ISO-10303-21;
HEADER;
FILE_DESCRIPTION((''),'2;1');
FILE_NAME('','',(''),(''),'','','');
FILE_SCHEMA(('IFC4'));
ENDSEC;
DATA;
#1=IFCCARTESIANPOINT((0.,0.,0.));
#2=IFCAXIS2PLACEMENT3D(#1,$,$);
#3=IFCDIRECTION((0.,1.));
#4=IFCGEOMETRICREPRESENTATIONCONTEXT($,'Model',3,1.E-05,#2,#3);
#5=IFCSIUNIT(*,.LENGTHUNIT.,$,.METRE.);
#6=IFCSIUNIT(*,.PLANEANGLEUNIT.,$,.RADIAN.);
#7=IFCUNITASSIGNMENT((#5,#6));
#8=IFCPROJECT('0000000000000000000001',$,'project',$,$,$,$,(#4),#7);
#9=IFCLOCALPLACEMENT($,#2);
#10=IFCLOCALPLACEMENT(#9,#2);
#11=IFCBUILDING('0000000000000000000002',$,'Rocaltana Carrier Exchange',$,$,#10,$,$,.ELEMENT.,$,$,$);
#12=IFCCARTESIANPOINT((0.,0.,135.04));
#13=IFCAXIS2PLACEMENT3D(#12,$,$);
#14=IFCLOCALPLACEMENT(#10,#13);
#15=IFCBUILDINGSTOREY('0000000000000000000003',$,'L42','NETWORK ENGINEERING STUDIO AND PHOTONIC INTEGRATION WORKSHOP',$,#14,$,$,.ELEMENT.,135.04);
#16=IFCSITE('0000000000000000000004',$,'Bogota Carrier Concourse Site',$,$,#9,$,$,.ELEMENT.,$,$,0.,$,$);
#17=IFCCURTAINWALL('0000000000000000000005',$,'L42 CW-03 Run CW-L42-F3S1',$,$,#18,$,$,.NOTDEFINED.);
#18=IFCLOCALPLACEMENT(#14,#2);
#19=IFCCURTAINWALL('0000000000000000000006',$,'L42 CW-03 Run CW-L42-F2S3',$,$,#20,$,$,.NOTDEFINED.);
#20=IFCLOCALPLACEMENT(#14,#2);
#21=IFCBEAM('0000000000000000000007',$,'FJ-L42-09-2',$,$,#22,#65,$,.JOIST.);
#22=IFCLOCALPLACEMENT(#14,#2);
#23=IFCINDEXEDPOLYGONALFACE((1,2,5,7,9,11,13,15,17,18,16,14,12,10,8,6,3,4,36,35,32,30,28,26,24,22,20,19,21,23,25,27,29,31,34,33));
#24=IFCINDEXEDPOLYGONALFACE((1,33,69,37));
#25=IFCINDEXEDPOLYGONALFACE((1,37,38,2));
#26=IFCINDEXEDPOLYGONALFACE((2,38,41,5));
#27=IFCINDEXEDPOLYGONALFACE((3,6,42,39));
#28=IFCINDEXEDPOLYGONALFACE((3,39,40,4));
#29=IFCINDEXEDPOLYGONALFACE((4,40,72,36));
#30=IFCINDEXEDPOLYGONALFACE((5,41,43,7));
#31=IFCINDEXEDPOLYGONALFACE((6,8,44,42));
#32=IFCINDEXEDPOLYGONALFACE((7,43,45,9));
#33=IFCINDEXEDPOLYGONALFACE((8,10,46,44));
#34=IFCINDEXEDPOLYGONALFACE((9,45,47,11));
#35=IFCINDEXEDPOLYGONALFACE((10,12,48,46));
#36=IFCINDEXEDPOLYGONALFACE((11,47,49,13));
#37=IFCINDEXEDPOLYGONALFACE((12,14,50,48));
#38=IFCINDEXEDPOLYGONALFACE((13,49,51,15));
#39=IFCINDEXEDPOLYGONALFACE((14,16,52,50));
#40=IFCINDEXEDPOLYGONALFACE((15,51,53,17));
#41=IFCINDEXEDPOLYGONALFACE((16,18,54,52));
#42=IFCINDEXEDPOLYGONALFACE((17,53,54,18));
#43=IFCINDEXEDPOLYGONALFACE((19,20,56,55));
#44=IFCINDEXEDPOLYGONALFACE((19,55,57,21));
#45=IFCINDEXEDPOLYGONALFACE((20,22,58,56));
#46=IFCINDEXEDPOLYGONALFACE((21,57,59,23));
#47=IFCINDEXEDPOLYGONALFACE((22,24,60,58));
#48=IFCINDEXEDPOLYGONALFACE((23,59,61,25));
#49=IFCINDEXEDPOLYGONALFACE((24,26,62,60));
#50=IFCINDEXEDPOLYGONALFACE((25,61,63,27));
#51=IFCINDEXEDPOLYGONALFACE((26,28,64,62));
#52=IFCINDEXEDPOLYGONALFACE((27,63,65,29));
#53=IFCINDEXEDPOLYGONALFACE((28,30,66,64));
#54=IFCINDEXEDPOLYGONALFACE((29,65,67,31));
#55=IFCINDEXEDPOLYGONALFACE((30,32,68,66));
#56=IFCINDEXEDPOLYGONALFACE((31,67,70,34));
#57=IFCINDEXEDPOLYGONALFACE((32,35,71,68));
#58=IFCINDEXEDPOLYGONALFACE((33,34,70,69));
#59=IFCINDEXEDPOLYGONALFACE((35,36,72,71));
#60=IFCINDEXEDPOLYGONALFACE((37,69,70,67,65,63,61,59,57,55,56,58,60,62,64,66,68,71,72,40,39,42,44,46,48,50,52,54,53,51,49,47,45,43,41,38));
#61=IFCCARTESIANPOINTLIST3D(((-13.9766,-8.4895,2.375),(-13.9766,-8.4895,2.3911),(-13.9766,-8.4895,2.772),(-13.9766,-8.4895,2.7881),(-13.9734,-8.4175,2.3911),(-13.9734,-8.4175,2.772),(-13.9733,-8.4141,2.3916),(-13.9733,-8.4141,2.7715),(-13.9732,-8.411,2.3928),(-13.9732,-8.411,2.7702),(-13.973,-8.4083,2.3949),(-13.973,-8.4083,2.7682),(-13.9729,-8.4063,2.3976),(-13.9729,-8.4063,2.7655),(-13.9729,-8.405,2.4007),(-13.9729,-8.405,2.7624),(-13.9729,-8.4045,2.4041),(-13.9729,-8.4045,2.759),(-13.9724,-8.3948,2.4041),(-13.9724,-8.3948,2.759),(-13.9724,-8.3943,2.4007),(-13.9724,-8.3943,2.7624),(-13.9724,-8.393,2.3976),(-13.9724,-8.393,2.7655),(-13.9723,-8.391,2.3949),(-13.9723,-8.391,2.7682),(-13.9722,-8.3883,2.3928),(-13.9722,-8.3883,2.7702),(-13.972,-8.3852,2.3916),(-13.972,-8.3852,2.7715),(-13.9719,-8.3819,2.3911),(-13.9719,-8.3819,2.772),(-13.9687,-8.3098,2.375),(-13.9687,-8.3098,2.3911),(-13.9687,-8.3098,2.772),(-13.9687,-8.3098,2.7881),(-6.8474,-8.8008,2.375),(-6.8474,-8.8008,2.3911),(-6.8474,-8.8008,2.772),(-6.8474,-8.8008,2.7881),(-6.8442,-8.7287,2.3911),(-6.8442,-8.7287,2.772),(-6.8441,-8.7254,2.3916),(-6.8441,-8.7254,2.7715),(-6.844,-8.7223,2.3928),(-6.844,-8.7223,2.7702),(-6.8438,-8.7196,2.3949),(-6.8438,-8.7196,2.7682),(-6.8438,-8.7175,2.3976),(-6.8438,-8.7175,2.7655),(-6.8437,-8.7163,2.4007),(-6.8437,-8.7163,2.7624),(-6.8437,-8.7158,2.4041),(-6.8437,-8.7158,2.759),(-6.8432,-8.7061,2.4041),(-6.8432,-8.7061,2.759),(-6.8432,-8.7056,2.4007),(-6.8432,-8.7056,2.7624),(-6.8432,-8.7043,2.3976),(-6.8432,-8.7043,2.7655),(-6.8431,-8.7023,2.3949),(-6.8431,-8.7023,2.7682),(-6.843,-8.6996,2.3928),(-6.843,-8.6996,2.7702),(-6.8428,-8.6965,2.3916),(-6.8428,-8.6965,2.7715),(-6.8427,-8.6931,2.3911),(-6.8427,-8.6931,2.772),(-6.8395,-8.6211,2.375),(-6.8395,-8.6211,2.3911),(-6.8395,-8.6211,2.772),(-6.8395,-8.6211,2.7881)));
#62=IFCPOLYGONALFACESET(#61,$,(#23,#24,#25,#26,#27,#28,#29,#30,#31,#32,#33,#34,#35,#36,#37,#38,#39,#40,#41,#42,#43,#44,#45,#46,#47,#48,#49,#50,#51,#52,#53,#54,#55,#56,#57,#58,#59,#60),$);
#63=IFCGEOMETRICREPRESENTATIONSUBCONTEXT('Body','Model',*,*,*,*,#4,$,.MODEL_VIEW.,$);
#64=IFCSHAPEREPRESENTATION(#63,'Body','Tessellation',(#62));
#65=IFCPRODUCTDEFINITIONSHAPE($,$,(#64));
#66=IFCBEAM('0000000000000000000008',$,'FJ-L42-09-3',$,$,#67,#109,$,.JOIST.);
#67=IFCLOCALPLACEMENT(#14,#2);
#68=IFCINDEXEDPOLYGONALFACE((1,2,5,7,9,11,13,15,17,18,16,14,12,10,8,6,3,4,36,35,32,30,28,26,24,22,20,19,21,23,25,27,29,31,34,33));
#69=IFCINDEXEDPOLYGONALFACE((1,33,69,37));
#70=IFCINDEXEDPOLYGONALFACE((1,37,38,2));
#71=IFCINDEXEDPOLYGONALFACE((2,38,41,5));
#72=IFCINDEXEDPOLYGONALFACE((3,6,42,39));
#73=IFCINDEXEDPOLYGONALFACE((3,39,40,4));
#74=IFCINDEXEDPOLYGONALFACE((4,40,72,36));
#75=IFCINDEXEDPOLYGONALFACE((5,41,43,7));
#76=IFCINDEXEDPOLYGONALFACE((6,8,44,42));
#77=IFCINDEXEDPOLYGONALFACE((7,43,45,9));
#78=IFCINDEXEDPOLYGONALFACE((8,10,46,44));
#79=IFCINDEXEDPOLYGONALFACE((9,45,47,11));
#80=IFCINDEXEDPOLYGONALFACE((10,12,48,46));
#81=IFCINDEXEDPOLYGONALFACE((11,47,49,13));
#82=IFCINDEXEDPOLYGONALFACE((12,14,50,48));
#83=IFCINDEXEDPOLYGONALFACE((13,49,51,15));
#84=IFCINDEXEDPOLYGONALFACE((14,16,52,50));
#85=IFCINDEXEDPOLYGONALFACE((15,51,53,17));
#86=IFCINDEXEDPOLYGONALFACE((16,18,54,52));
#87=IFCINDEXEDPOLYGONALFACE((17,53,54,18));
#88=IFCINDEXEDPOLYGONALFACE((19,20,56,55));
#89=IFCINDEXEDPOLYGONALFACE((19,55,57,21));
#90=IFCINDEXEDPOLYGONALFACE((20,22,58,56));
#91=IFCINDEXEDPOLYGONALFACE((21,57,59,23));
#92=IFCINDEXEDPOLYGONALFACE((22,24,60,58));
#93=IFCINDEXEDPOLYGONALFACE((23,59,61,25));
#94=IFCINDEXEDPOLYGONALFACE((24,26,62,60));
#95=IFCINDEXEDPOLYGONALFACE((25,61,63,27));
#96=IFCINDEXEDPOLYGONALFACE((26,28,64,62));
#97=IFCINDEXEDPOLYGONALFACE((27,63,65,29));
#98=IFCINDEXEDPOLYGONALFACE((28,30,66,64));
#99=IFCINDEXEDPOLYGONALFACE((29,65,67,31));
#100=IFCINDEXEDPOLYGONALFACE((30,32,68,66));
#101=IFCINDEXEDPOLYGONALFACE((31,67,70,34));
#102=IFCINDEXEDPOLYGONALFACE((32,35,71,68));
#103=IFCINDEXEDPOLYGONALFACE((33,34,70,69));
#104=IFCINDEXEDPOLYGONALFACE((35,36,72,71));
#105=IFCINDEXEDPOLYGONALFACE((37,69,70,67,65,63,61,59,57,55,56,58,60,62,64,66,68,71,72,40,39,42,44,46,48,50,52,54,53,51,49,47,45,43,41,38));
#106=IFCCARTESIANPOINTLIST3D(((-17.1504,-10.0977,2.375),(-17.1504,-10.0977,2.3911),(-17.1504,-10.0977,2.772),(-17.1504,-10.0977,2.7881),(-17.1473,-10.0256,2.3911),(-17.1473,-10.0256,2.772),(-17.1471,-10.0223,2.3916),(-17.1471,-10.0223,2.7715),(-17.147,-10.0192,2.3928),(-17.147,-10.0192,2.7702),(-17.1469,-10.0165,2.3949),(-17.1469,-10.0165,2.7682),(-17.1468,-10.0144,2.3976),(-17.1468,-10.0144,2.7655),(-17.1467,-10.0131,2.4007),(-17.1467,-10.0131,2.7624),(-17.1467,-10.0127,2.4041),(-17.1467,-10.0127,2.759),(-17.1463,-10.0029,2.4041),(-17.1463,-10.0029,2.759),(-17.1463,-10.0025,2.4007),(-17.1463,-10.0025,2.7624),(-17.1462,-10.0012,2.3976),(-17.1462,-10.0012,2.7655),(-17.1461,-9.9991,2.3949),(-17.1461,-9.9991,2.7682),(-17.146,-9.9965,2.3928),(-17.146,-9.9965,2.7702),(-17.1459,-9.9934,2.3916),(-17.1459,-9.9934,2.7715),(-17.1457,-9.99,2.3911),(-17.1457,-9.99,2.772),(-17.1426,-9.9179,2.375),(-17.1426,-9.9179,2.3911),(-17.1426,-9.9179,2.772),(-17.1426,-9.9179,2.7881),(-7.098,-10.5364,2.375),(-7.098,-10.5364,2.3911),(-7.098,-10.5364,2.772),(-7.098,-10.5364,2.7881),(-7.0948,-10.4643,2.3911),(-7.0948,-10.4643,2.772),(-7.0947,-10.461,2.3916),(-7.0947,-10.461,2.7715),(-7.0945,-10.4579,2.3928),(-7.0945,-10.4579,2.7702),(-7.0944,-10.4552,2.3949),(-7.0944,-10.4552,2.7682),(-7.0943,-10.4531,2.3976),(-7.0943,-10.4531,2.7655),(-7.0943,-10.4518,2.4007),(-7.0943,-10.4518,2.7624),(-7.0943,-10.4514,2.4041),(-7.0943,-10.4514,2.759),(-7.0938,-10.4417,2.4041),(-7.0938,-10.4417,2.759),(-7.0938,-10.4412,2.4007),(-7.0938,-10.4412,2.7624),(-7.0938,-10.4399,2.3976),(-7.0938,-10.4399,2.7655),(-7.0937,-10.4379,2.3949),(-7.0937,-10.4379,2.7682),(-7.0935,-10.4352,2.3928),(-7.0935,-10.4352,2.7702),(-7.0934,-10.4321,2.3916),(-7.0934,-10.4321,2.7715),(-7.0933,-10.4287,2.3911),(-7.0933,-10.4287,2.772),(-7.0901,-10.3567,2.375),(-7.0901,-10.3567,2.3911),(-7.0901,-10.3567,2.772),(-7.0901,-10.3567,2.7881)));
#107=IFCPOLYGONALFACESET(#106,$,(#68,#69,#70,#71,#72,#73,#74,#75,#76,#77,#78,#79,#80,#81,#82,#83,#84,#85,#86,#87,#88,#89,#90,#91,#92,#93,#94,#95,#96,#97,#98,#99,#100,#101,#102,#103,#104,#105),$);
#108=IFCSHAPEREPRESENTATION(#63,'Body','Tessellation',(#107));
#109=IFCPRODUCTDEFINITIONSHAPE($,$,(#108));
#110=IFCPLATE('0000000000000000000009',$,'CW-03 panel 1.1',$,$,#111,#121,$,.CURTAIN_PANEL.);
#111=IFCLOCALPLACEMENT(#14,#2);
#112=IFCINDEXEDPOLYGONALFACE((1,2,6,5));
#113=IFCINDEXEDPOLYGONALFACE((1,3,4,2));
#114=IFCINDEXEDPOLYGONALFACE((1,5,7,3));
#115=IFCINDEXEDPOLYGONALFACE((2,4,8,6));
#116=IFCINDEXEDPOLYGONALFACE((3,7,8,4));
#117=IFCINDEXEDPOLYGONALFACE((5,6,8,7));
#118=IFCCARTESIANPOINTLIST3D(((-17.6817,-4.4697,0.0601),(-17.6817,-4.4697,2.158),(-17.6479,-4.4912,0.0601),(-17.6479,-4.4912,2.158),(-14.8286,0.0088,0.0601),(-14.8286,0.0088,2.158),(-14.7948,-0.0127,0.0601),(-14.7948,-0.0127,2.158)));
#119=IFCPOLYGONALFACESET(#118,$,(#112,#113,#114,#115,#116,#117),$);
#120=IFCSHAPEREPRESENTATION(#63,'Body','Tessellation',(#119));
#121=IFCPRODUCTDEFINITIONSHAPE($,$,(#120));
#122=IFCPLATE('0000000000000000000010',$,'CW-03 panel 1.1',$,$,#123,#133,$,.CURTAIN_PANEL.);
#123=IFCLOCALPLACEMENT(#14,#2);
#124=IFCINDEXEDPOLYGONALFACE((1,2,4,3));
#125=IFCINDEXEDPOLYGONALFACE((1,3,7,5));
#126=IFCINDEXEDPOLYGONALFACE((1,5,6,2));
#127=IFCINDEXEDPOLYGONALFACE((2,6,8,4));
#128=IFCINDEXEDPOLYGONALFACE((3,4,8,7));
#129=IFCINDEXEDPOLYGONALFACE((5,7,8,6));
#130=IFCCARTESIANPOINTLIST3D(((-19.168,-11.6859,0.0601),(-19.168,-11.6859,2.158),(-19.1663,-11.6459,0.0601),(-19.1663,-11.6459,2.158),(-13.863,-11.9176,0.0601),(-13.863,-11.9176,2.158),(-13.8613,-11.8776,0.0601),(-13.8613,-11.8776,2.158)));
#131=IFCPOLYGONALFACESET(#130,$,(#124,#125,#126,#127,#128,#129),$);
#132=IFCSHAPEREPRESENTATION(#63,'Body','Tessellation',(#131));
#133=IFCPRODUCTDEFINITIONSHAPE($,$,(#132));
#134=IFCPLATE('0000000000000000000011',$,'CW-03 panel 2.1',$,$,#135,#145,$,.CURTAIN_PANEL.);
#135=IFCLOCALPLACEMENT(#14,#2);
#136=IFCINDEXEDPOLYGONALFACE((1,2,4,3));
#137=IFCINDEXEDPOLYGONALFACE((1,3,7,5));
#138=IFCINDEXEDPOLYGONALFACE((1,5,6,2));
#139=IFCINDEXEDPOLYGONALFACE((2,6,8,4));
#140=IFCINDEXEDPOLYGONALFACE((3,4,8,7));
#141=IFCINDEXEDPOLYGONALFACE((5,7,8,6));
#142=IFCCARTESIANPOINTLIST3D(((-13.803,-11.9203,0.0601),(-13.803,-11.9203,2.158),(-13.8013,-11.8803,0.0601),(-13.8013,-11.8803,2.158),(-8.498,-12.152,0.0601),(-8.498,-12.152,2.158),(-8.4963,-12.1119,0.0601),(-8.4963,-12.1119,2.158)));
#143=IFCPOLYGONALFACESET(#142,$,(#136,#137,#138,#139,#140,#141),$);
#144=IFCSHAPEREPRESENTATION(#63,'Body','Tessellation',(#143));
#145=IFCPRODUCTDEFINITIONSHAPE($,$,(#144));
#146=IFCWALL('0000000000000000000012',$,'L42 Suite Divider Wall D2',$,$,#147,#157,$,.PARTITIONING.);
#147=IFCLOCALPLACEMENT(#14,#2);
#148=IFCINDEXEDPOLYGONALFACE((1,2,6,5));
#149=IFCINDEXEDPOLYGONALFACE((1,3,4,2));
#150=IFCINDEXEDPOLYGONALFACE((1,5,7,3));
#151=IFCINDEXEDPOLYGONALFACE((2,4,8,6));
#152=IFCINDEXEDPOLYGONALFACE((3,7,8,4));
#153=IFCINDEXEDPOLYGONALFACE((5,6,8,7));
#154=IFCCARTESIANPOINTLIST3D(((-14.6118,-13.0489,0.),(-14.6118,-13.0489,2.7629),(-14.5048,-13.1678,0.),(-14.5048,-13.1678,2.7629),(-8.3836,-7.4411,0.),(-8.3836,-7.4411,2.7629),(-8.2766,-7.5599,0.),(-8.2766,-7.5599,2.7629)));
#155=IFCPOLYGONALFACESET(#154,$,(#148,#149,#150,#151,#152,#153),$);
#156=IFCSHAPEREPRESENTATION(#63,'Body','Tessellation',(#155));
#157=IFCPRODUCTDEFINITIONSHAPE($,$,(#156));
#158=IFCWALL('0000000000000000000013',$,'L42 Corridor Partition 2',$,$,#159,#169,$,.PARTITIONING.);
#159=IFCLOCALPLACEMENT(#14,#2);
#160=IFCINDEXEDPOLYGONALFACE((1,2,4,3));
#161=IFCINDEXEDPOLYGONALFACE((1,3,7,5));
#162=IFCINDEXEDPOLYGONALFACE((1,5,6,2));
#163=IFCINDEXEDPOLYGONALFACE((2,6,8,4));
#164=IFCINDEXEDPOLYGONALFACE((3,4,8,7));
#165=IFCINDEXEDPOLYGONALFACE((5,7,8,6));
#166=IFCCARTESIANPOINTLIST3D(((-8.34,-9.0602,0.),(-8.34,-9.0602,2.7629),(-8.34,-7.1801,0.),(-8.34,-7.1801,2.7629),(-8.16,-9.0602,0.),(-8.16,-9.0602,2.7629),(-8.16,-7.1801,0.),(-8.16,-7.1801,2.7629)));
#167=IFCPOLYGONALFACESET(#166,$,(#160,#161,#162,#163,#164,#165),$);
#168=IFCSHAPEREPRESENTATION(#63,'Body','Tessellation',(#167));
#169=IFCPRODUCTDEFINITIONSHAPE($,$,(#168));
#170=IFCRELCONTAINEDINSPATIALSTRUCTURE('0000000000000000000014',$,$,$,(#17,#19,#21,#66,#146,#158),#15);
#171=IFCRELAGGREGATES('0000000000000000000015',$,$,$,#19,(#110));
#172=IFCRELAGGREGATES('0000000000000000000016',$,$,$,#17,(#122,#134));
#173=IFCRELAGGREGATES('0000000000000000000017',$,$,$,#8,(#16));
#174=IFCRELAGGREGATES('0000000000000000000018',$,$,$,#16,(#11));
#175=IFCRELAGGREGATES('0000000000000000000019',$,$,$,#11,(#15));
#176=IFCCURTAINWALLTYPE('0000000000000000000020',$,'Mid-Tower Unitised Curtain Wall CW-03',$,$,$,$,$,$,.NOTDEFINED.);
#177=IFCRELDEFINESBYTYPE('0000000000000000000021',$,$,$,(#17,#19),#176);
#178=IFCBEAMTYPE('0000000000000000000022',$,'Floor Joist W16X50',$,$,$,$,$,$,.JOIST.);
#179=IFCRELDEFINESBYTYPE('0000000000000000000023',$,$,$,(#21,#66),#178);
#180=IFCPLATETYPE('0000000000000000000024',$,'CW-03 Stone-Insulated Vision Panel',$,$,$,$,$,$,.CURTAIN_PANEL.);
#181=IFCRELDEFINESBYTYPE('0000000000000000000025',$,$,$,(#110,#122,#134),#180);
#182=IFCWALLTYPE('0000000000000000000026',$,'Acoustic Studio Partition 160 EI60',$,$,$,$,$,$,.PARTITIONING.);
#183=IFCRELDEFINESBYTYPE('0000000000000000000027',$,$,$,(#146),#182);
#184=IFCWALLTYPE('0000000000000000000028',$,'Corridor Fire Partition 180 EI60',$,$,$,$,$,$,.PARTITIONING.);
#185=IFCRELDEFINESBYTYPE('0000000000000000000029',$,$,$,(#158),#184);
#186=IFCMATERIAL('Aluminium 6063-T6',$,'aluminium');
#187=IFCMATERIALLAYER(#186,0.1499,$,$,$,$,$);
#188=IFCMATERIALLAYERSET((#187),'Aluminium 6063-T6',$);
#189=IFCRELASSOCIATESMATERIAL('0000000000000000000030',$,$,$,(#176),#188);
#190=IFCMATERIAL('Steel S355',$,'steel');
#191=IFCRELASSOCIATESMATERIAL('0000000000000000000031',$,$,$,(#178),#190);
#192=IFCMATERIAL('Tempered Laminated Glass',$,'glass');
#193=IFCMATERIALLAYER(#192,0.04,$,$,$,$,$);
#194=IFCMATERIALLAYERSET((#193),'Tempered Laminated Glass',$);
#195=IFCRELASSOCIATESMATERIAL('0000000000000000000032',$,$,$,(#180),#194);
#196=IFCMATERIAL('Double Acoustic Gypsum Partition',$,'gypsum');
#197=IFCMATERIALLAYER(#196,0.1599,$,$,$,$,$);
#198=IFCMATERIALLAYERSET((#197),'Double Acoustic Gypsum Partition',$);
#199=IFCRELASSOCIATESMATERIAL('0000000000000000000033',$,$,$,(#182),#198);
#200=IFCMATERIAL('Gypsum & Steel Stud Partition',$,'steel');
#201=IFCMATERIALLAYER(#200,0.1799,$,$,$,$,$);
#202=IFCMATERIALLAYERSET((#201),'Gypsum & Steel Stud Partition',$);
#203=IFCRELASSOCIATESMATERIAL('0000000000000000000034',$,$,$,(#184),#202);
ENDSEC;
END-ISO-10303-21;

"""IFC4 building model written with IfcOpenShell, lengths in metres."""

from ifc_helpers import new_model, si_unit, direction, frame, frame_2d, origin, origin_2d, place, context, subcontext, project, spatial, rectangle, i_section, extrude, material, layer, layer_set, material_profile, profile_set, type_object, element, aggregate, save


model = new_model("IFC4")

# Units and contexts
model_context = context("Model", 3, precision=1e-05, world=origin(), true_north=direction((0.0, 1.0)))
body_context = subcontext(model_context, "Body", "Model", "MODEL_VIEW")
ifc_project = project(units=[si_unit("LENGTHUNIT", "METRE"), si_unit("PLANEANGLEUNIT", "RADIAN")], contexts=[model_context])

# Site, building, storey
site_placement = place(None, origin())
site = spatial("IfcSite", under=ifc_project, at=site_placement, Name="Bogota Carrier Concourse Site", CompositionType="ELEMENT", RefElevation=0.0)
building_placement = place(site_placement, origin())
building = spatial("IfcBuilding", under=site, at=building_placement, Name="Rocaltana Carrier Exchange", CompositionType="ELEMENT")
storey_placement = place(building_placement, frame((0.0, 0.0, 135.04)))
storey = spatial("IfcBuildingStorey", under=building, at=storey_placement, Name="L42", Description="NETWORK ENGINEERING STUDIO AND PHOTONIC INTEGRATION WORKSHOP", CompositionType="ELEMENT", Elevation=135.04)

# Curtain wall
ifc_material_1 = material(Name="Aluminium 6063-T6", Category="aluminium")
ifc_layer_1 = layer(ifc_material_1, 0.1499)
ifc_layer_set_1 = layer_set([ifc_layer_1], Name="Aluminium 6063-T6")
curtain_wall_type = type_object("IfcCurtainWallType", Name="Mid-Tower Unitised Curtain Wall CW-03", PredefinedType="NOTDEFINED", material=ifc_layer_set_1)
curtain_wall_1_placement = place(storey_placement, origin())
curtain_wall_1 = element("IfcCurtainWall", 1, at=curtain_wall_1_placement, inside=storey, type_object=curtain_wall_type, Name="L42 CW-03 Run CW-L42-F3S1", PredefinedType="NOTDEFINED")

# Curtain wall
curtain_wall_2_placement = place(storey_placement, origin())
curtain_wall_2 = element("IfcCurtainWall", 2, at=curtain_wall_2_placement, inside=storey, type_object=curtain_wall_type, Name="L42 CW-03 Run CW-L42-F2S3", PredefinedType="NOTDEFINED")

# Beams
ifc_material_2 = material(Name="Steel S355", Category="steel")
ifc_material_profile_1 = material_profile(ifc_material_2, i_section(OverallWidth=0.1799, OverallDepth=0.4131, WebThickness=0.0098, FlangeThickness=0.0161, FilletRadius=0.0129, at=origin_2d()), Name="W16X50")
ifc_profile_set_1 = profile_set([ifc_material_profile_1], Name="Steel S355")
beam_type = type_object("IfcBeamType", Name="Floor Joist W16X50", PredefinedType="JOIST", material=ifc_profile_set_1)
beam_1_placement = place(storey_placement, frame((-13.9727, -8.3997, 2.5815), z_axis=(0.999048, -0.043621, 0.0), x_axis=(0.043621, 0.999048, 0.0)))
element("IfcBeam", 3, at=beam_1_placement, inside=storey, type_object=beam_type, Name="FJ-L42-09-2", PredefinedType="JOIST", context=body_context, shape_type="SweptSolid", body=[
    extrude(i_section(OverallWidth=0.1799, OverallDepth=0.4131, WebThickness=0.0098, FlangeThickness=0.0161, FilletRadius=0.0129, at=origin_2d()), origin(), (0.0, 0.0, 1.0), 7.136),
])
beam_2_placement = place(storey_placement, frame((-17.1465, -10.0078, 2.5815), z_axis=(0.999049, -0.043601, 0.0), x_axis=(0.043601, 0.999049, 0.0)))
element("IfcBeam", 4, at=beam_2_placement, inside=storey, type_object=beam_type, Name="FJ-L42-09-3", PredefinedType="JOIST", context=body_context, shape_type="SweptSolid", body=[
    extrude(i_section(OverallWidth=0.1799, OverallDepth=0.4131, WebThickness=0.0098, FlangeThickness=0.0161, FilletRadius=0.0129, at=origin_2d()), origin(), (0.0, 0.0, 1.0), 10.062),
])

# Plates
ifc_material_3 = material(Name="Tempered Laminated Glass", Category="glass")
ifc_layer_2 = layer(ifc_material_3, 0.04)
ifc_layer_set_2 = layer_set([ifc_layer_2], Name="Tempered Laminated Glass")
plate_type = type_object("IfcPlateType", Name="CW-03 Stone-Insulated Vision Panel", PredefinedType="CURTAIN_PANEL", material=ifc_layer_set_2)
plate_1_placement = place(storey_placement, frame((-16.2383, -2.2412, 0.0601), z_axis=(0.0, 0.0, 1.0), x_axis=(-0.537301, -0.843391, 0.0)))
plate_1 = element("IfcPlate", 5, at=plate_1_placement, type_object=plate_type, Name="CW-03 panel 1.1", PredefinedType="CURTAIN_PANEL", context=body_context, shape_type="SweptSolid", body=[
    extrude(rectangle(XDim=5.3101, YDim=0.04, at=origin_2d()), origin(), (0.0, 0.0, 1.0), 2.0979),
])
aggregate(curtain_wall_2, [plate_1])
plate_2_placement = place(storey_placement, frame((-16.5146, -11.7817, 0.0601), z_axis=(0.0, 0.0, 1.0), x_axis=(0.999048, -0.043629, 0.0)))
plate_2 = element("IfcPlate", 6, at=plate_2_placement, type_object=plate_type, Name="CW-03 panel 1.1", PredefinedType="CURTAIN_PANEL", context=body_context, shape_type="SweptSolid", body=[
    extrude(rectangle(XDim=5.3101, YDim=0.04, at=origin_2d()), origin(), (0.0, 0.0, 1.0), 2.0979),
])
plate_3_placement = place(storey_placement, frame((-11.1497, -12.0161, 0.0601), z_axis=(0.0, 0.0, 1.0), x_axis=(0.999048, -0.043629, 0.0)))
plate_3 = element("IfcPlate", 7, at=plate_3_placement, type_object=plate_type, Name="CW-03 panel 2.1", PredefinedType="CURTAIN_PANEL", context=body_context, shape_type="SweptSolid", body=[
    extrude(rectangle(XDim=5.3101, YDim=0.04, at=origin_2d()), origin(), (0.0, 0.0, 1.0), 2.0979),
])
aggregate(curtain_wall_1, [plate_2, plate_3])

# Walls
ifc_material_4 = material(Name="Double Acoustic Gypsum Partition", Category="gypsum")
ifc_layer_3 = layer(ifc_material_4, 0.1599)
ifc_layer_set_3 = layer_set([ifc_layer_3], Name="Double Acoustic Gypsum Partition")
wall_type_1 = type_object("IfcWallType", Name="Acoustic Studio Partition 160 EI60", PredefinedType="PARTITIONING", material=ifc_layer_set_3)
wall_1_placement = place(storey_placement, frame((-8.3301, -7.5005, 0.0), z_axis=(0.0, 0.0, 1.0), x_axis=(-0.743148, -0.669127, 0.0)))
element("IfcWall", 8, at=wall_1_placement, inside=storey, type_object=wall_type_1, Name="L42 Suite Divider Wall D2", PredefinedType="PARTITIONING", context=body_context, shape_type="SweptSolid", body=[
    extrude(rectangle(XDim=8.3809, YDim=0.1599, at=frame_2d((4.1904, 0.0))), origin(), (0.0, 0.0, 1.0), 2.7629),
])
ifc_material_5 = material(Name="Gypsum & Steel Stud Partition", Category="steel")
ifc_layer_4 = layer(ifc_material_5, 0.1799)
ifc_layer_set_4 = layer_set([ifc_layer_4], Name="Gypsum & Steel Stud Partition")
wall_type_2 = type_object("IfcWallType", Name="Corridor Fire Partition 180 EI60", PredefinedType="PARTITIONING", material=ifc_layer_set_4)
wall_2_placement = place(storey_placement, frame((-8.25, -9.0601, 0.0), z_axis=(0.0, 0.0, 1.0), x_axis=(0.0, 1.0, 0.0)))
element("IfcWall", 9, at=wall_2_placement, inside=storey, type_object=wall_type_2, Name="L42 Corridor Partition 2", PredefinedType="PARTITIONING", context=body_context, shape_type="SweptSolid", body=[
    extrude(rectangle(XDim=1.8801, YDim=0.1799, at=frame_2d((0.9399, 0.0))), origin(), (0.0, 0.0, 1.0), 2.7629),
])

save(model, "model.ifc")
